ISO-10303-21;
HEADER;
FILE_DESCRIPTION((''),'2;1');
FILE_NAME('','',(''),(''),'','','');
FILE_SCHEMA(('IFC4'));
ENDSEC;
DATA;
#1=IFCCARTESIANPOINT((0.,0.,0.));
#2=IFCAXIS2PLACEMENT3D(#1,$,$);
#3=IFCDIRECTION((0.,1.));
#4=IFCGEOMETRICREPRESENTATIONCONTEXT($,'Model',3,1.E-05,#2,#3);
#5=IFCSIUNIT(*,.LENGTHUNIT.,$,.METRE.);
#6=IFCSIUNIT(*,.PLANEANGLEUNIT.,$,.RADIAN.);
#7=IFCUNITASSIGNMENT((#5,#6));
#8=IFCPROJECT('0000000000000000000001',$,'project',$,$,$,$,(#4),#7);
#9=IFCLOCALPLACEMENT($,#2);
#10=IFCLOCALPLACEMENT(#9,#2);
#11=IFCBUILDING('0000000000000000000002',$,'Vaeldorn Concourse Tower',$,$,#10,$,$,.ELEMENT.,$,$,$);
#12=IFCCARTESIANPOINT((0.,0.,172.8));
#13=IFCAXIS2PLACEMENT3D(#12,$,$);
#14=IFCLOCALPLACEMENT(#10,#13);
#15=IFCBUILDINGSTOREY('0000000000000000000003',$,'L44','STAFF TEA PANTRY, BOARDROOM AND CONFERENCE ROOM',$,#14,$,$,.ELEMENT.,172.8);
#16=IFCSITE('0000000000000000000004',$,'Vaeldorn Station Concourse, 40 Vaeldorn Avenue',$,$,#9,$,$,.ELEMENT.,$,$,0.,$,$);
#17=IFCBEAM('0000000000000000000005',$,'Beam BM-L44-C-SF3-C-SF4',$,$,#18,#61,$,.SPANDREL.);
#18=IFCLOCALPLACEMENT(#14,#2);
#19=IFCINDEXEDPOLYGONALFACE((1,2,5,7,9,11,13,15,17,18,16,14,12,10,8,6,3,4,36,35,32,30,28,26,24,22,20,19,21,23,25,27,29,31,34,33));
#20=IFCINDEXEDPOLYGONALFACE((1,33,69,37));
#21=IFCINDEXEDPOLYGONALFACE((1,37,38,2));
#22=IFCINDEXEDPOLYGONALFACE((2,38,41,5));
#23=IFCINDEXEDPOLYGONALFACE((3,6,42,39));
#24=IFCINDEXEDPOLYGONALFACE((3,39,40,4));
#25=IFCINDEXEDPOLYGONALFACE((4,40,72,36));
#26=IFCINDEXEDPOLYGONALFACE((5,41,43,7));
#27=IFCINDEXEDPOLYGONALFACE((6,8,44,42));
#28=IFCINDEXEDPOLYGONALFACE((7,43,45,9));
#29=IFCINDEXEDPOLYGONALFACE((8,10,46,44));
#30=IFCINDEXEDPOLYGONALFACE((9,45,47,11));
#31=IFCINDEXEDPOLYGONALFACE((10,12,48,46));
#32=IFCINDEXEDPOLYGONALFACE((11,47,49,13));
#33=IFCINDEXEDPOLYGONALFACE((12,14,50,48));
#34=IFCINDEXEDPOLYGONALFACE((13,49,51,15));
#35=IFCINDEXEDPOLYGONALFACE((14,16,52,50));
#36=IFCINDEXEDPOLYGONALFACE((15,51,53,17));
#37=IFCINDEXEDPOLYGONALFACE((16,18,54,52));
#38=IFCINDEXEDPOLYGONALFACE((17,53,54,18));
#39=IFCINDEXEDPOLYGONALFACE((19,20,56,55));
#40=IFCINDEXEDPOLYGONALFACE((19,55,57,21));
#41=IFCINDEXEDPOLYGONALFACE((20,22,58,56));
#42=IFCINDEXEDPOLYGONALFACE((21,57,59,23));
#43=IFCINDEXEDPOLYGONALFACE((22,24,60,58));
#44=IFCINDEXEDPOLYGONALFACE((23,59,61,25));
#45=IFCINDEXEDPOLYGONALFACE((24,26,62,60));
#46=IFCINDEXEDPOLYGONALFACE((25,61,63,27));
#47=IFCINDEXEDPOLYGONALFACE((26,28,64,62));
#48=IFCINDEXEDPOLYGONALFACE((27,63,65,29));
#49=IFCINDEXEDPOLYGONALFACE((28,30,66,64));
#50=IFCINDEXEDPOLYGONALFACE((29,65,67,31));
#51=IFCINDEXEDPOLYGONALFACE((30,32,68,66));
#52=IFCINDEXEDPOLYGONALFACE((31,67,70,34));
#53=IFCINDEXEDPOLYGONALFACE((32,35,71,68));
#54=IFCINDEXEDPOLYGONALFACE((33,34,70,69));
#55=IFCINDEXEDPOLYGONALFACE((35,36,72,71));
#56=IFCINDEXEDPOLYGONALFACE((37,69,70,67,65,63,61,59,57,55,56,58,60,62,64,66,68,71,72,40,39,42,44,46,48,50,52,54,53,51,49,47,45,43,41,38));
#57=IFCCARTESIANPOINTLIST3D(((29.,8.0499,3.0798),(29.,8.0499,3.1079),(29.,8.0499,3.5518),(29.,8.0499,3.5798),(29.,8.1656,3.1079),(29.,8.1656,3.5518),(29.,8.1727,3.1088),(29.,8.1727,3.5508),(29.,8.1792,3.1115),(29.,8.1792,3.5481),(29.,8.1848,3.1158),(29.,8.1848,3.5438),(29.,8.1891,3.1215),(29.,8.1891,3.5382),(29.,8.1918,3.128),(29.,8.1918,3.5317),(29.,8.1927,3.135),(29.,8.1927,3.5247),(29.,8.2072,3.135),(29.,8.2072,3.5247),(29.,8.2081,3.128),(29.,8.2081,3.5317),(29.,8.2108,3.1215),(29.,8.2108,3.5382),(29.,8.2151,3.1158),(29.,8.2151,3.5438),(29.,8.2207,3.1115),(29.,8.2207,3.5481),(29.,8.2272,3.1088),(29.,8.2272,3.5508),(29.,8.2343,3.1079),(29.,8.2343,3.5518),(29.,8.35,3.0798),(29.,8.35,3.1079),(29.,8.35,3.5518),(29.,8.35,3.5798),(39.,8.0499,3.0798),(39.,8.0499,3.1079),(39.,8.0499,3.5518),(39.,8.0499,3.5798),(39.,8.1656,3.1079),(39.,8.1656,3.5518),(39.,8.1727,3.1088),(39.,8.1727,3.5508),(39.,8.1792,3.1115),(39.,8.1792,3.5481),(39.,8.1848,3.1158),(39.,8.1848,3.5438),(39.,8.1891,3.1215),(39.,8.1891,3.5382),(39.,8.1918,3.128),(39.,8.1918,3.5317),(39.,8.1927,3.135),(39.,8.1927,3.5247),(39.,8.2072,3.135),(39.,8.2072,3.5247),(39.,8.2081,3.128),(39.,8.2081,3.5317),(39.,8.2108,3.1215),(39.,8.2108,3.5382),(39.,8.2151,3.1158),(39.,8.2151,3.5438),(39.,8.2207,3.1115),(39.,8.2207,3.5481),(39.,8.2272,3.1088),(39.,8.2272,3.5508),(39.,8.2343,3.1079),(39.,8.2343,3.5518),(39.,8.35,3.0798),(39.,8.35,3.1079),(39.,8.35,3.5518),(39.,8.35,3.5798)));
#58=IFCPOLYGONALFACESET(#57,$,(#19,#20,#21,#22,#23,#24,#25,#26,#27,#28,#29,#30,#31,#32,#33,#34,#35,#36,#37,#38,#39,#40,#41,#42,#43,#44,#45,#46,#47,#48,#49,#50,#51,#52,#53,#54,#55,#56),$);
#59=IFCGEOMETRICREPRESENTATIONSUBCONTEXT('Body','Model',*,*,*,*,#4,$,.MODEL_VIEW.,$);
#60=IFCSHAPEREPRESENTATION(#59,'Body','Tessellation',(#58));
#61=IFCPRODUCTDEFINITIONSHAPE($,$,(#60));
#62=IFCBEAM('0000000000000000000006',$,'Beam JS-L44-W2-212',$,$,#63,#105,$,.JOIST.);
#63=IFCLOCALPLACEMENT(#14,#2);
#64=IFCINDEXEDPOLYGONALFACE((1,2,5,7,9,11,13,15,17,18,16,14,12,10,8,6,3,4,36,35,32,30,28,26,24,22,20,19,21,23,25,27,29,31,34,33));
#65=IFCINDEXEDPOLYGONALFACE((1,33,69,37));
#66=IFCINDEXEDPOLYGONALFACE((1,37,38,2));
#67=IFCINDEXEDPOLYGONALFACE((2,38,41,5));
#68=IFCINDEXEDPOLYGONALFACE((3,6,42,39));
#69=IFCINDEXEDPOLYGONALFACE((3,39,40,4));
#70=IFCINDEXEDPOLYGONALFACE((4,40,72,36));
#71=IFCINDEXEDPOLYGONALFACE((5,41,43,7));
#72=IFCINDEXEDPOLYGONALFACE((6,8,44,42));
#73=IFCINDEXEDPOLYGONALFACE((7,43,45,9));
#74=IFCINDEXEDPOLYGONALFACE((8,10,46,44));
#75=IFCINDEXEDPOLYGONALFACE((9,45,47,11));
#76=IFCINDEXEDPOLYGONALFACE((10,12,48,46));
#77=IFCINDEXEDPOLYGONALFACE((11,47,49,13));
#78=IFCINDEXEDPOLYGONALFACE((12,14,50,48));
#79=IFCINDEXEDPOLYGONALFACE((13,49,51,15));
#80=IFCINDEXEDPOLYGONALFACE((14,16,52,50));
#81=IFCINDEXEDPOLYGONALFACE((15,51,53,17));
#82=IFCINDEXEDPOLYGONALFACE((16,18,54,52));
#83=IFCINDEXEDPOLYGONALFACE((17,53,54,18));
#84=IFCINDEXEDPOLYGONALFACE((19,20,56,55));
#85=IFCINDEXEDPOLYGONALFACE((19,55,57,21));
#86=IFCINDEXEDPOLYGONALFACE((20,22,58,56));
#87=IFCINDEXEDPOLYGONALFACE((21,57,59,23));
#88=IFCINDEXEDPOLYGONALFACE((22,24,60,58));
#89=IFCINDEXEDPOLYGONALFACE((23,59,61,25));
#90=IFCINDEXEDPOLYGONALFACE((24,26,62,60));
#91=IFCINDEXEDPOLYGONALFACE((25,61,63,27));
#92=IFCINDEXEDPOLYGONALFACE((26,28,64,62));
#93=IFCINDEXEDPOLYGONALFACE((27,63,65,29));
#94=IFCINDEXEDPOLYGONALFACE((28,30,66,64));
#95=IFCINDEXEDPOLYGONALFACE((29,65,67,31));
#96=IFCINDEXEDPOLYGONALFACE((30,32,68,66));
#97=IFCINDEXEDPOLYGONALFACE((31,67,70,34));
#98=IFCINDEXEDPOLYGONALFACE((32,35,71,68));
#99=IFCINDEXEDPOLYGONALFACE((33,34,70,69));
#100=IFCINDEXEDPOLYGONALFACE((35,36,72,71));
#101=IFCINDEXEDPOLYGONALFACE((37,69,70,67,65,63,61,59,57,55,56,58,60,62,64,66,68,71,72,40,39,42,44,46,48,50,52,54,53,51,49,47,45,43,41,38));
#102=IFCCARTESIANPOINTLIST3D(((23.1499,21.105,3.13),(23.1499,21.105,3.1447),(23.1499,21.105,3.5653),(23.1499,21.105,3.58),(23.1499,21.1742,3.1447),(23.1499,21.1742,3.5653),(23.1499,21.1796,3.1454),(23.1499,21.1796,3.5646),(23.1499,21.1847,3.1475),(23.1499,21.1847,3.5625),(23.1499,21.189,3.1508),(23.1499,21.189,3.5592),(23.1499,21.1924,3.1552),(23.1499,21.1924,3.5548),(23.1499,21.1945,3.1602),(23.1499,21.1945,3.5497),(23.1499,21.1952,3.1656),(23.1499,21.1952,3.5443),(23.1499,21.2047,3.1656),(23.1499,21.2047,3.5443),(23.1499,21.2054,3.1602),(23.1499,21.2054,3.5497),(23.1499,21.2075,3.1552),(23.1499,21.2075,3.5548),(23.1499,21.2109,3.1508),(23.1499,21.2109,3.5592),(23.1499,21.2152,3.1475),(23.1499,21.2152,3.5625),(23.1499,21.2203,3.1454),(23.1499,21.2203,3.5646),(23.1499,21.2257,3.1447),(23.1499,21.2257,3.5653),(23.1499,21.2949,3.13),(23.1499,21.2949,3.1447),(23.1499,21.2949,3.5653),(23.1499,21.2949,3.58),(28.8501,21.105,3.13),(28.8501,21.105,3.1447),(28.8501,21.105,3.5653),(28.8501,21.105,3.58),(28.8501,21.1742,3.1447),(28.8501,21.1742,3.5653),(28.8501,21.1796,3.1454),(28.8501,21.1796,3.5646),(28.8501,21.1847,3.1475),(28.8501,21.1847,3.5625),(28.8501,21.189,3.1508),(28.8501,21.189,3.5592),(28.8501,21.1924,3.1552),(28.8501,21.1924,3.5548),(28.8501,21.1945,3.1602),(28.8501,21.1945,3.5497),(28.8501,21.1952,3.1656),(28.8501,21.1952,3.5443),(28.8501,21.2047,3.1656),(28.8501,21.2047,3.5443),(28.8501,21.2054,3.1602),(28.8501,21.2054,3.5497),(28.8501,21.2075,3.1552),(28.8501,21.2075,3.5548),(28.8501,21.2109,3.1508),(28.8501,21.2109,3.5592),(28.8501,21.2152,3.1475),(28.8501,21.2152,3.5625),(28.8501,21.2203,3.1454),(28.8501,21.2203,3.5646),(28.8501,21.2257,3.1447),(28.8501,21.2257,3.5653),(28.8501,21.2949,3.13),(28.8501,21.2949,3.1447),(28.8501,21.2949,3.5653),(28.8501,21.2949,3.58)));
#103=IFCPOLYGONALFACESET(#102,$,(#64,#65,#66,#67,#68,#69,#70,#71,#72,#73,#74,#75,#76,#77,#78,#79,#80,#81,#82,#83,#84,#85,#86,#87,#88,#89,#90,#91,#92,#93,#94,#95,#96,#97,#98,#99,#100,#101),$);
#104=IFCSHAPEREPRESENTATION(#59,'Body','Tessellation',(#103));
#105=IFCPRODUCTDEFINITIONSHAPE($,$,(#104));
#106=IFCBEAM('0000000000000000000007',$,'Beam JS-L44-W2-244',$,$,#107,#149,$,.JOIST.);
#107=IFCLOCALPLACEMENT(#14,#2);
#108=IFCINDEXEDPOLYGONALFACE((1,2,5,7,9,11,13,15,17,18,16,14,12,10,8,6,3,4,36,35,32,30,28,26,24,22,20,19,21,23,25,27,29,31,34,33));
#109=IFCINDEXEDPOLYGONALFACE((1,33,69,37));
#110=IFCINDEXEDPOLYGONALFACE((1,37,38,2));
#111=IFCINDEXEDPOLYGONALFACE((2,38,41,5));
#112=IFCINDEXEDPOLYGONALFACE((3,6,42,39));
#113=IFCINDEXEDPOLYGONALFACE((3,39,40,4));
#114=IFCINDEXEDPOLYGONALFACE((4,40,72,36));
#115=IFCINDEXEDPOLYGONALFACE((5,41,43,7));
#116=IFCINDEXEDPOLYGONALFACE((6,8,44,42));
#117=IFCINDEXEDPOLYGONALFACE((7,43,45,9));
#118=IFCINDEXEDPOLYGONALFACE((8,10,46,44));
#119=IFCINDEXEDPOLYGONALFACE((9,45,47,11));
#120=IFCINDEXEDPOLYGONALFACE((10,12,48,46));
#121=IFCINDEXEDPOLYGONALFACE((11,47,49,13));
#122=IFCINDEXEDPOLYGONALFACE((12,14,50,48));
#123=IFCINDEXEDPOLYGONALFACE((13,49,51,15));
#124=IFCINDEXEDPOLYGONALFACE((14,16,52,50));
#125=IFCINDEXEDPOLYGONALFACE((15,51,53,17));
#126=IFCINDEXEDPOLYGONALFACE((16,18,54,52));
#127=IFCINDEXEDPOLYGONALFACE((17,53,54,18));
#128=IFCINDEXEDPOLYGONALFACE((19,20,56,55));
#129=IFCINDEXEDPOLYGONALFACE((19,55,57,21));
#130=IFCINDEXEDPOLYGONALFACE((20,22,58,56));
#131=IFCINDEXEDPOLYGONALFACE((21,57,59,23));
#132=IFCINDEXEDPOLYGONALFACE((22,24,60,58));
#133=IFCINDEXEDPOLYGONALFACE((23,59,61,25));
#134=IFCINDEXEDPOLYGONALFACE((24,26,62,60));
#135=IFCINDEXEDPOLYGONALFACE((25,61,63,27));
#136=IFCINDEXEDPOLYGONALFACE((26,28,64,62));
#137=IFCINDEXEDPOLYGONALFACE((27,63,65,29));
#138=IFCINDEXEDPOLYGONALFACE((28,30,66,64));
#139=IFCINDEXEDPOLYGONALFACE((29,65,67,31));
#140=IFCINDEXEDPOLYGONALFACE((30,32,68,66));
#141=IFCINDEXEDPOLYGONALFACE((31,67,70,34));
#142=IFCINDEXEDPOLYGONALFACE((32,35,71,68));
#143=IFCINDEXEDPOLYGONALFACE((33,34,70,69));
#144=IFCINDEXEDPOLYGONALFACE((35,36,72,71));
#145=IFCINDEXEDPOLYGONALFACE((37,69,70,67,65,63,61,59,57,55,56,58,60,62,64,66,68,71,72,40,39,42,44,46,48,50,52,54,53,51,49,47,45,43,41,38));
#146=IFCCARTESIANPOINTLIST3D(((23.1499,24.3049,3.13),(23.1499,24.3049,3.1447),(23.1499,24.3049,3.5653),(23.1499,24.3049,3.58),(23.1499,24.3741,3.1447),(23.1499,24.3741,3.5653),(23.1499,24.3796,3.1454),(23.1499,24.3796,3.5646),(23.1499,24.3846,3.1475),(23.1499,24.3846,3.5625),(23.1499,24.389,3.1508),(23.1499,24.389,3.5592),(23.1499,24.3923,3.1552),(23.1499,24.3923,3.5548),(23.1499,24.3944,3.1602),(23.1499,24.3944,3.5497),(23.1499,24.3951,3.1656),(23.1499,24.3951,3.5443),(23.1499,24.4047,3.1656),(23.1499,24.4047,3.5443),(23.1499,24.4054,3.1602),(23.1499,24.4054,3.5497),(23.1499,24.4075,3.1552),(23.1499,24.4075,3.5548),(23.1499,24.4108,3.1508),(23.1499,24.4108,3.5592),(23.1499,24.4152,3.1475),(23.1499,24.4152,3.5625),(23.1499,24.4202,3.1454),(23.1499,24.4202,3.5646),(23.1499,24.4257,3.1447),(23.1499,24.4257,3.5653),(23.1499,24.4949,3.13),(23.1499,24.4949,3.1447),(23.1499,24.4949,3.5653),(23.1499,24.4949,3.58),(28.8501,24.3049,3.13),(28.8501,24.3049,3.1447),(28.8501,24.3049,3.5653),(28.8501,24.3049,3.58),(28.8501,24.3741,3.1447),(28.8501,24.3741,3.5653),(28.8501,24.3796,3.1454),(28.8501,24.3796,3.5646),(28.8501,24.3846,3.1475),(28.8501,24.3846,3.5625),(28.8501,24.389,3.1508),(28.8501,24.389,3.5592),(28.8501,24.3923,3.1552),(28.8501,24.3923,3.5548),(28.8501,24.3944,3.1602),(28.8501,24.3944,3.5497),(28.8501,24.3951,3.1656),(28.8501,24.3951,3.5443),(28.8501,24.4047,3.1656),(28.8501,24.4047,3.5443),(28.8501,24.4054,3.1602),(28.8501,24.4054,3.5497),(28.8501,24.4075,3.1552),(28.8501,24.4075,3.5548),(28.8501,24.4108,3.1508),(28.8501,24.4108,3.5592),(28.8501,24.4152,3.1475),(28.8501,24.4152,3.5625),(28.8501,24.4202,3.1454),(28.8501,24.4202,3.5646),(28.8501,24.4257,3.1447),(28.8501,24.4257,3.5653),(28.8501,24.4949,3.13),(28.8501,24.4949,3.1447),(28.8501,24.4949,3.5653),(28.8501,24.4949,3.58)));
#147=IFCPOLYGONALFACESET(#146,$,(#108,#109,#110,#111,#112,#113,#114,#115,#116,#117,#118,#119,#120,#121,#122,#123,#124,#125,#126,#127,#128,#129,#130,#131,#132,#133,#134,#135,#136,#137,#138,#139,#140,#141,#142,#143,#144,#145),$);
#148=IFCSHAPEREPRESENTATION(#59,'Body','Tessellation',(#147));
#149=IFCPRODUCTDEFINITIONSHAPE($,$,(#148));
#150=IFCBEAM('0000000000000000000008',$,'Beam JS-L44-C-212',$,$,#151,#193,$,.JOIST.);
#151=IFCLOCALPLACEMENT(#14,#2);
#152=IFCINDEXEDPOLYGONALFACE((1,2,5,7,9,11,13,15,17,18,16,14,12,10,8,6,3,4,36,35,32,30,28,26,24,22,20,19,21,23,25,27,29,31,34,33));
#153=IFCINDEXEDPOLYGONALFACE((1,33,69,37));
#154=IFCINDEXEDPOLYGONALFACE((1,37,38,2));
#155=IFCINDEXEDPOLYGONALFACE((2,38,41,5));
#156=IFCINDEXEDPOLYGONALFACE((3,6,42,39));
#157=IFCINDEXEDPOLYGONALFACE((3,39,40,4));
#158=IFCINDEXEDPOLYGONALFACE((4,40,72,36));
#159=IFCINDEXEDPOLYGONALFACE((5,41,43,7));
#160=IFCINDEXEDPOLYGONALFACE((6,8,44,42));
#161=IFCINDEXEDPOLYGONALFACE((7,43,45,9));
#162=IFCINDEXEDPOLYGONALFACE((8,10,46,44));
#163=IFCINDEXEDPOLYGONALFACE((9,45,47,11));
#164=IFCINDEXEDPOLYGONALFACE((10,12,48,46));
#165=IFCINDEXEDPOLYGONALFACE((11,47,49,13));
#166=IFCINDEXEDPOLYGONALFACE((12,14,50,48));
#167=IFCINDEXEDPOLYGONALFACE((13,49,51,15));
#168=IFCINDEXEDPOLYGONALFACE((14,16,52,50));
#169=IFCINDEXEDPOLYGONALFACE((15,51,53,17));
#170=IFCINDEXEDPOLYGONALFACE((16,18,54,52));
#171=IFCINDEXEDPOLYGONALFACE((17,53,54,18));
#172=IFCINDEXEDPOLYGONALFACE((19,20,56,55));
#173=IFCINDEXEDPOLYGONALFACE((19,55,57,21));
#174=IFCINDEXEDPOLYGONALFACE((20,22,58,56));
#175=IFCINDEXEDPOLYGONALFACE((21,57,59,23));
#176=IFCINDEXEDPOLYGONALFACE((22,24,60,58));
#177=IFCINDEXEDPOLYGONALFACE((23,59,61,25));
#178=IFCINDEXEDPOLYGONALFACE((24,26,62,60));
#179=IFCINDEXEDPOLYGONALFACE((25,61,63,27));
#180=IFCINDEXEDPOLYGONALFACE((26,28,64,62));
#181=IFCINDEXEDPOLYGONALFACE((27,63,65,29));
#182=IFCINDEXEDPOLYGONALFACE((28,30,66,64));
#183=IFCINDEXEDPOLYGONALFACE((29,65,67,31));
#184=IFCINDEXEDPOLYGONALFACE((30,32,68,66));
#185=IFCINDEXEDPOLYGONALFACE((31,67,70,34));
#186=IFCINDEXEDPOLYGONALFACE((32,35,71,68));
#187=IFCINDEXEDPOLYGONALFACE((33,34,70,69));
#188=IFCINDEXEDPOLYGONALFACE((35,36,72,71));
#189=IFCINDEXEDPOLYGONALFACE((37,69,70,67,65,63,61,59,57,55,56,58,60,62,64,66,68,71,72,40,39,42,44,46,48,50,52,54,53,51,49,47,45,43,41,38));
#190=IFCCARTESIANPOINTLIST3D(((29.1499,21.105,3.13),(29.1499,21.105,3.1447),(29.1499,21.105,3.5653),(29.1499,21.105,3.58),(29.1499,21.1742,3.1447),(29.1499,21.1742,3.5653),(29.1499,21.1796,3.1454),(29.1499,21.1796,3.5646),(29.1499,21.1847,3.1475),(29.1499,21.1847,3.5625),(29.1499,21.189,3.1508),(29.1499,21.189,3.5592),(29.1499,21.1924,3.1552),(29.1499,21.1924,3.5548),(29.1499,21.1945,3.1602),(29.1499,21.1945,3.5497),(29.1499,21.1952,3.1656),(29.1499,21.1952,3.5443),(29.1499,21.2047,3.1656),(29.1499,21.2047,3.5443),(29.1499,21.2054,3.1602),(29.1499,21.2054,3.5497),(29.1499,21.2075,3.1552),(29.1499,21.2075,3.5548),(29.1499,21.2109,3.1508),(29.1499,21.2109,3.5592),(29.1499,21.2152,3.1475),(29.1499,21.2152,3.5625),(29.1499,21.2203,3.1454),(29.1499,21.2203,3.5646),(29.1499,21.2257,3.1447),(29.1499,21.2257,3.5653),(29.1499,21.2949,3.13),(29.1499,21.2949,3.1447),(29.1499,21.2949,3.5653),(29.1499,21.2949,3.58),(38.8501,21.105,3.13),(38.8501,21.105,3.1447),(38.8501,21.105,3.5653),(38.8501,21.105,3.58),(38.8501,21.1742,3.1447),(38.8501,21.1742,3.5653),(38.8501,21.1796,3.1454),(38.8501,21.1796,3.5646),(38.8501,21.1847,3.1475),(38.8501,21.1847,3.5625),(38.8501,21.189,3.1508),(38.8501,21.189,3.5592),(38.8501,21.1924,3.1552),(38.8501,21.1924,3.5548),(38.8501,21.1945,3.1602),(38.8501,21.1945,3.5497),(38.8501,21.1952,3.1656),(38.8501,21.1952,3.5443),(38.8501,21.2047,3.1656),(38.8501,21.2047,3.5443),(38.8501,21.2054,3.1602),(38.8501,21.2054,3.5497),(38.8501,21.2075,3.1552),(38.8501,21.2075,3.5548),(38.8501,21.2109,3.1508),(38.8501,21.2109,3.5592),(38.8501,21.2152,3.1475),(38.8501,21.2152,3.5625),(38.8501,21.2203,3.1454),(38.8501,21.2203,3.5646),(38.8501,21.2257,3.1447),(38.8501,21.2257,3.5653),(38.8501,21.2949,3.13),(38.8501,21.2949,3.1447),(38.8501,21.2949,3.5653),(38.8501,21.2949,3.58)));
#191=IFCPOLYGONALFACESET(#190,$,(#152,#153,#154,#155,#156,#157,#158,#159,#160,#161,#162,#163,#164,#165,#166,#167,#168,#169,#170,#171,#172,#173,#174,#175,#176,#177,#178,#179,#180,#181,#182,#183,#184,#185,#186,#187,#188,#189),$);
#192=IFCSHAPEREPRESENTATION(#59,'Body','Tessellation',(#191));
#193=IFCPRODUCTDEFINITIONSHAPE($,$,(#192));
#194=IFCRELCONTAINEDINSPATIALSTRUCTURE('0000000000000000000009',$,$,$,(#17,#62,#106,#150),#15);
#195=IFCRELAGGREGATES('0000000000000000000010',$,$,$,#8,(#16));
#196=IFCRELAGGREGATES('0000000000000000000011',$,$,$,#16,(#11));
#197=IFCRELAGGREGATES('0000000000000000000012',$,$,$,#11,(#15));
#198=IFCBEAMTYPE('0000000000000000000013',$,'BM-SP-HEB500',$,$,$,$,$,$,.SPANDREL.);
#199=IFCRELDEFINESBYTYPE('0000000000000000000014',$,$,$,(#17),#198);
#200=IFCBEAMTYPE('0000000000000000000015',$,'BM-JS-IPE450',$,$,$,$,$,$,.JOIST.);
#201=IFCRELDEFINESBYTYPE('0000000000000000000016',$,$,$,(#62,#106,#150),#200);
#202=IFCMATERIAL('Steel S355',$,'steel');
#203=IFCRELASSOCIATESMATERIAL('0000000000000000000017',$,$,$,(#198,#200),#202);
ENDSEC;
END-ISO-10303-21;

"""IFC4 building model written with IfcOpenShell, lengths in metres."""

from ifc_helpers import new_model, si_unit, direction, frame, origin, origin_2d, place, context, subcontext, project, spatial, i_section, extrude, source, transform, mapped, material, material_profile, profile_set, type_object, element, save


model = new_model("IFC4")

# Units and contexts
model_context = context("Model", 3, precision=1e-05, world=origin(), true_north=direction((0.0, 1.0)))
body_context = subcontext(model_context, "Body", "Model", "MODEL_VIEW")
ifc_project = project(units=[si_unit("LENGTHUNIT", "METRE"), si_unit("PLANEANGLEUNIT", "RADIAN")], contexts=[model_context])

# Site, building, storey
site_placement = place(None, origin())
site = spatial("IfcSite", under=ifc_project, at=site_placement, Name="Vaeldorn Station Concourse, 40 Vaeldorn Avenue", CompositionType="ELEMENT", RefElevation=0.0)
building_placement = place(site_placement, origin())
building = spatial("IfcBuilding", under=site, at=building_placement, Name="Vaeldorn Concourse Tower", CompositionType="ELEMENT")
storey_placement = place(building_placement, frame((0.0, 0.0, 172.8)))
storey = spatial("IfcBuildingStorey", under=building, at=storey_placement, Name="L44", Description="STAFF TEA PANTRY, BOARDROOM AND CONFERENCE ROOM", CompositionType="ELEMENT", Elevation=172.8)

# Shared definitions
ifc_material_1 = material(Name="Steel S355", Category="steel")

# Beams
ifc_material_profile_1 = material_profile(ifc_material_1, i_section(OverallWidth=0.3, OverallDepth=0.5, WebThickness=0.0144, FlangeThickness=0.0281, FilletRadius=0.0271, at=origin_2d()), Name="HEB 500")
ifc_profile_set_1 = profile_set([ifc_material_profile_1], Name="Steel S355")
beam_type_1 = type_object("IfcBeamType", Name="BM-SP-HEB500", PredefinedType="SPANDREL", material=ifc_profile_set_1)
shared_shape_1 = source(origin(), body_context, "Body", "SweptSolid", [
    extrude(i_section(OverallWidth=0.3, OverallDepth=0.5, WebThickness=0.0144, FlangeThickness=0.0281, FilletRadius=0.0271, at=origin_2d()), origin(), (0.0, 0.0, 1.0), 10.0),
])
beam_1_placement = place(storey_placement, frame((29.0, 8.2, 3.3298), z_axis=(1.0, 0.0, 0.0), x_axis=(0.0, 1.0, 0.0)))
element("IfcBeam", 1, at=beam_1_placement, inside=storey, type_object=beam_type_1, Name="Beam BM-L44-C-SF3-C-SF4", PredefinedType="SPANDREL", context=body_context, shape_type="MappedRepresentation", body=[
    mapped(shared_shape_1, transform((0.0, 0.0, 0.0), scale=1.0)),
])
ifc_material_profile_2 = material_profile(ifc_material_1, i_section(OverallWidth=0.1899, OverallDepth=0.45, WebThickness=0.0095, FlangeThickness=0.0146, FilletRadius=0.021, at=origin_2d()), Name="IPE 450")
ifc_profile_set_2 = profile_set([ifc_material_profile_2], Name="Steel S355")
beam_type_2 = type_object("IfcBeamType", Name="BM-JS-IPE450", PredefinedType="JOIST", material=ifc_profile_set_2)
shared_shape_2 = source(origin(), body_context, "Body", "SweptSolid", [
    extrude(i_section(OverallWidth=0.1899, OverallDepth=0.45, WebThickness=0.0095, FlangeThickness=0.0146, FilletRadius=0.021, at=origin_2d()), origin(), (0.0, 0.0, 1.0), 5.7002),
])
for number, where, z_axis, x_axis, name in (
    (2, (23.1499, 21.2, 3.355), (1.0, 0.0, 0.0), (0.0, 1.0, 0.0), "Beam JS-L44-W2-212"),
    (3, (23.1499, 24.3999, 3.355), (1.0, 0.0, 0.0), (0.0, 1.0, 0.0), "Beam JS-L44-W2-244"),
):
    element("IfcBeam", number, at=place(storey_placement, frame(where, z_axis=z_axis, x_axis=x_axis)), inside=storey, type_object=beam_type_2, Name=name, PredefinedType="JOIST", context=body_context, shape_type="MappedRepresentation", body=[
        mapped(shared_shape_2, transform((0.0, 0.0, 0.0), scale=1.0)),
    ])
shared_shape_3 = source(origin(), body_context, "Body", "SweptSolid", [
    extrude(i_section(OverallWidth=0.1899, OverallDepth=0.45, WebThickness=0.0095, FlangeThickness=0.0146, FilletRadius=0.021, at=origin_2d()), origin(), (0.0, 0.0, 1.0), 9.7002),
])
for number, where, z_axis, x_axis, name in (
    (4, (29.1499, 21.2, 3.355), (1.0, 0.0, 0.0), (0.0, 1.0, 0.0), "Beam JS-L44-C-212"),
):
    element("IfcBeam", number, at=place(storey_placement, frame(where, z_axis=z_axis, x_axis=x_axis)), inside=storey, type_object=beam_type_2, Name=name, PredefinedType="JOIST", context=body_context, shape_type="MappedRepresentation", body=[
        mapped(shared_shape_3, transform((0.0, 0.0, 0.0), scale=1.0)),
    ])

save(model, "model.ifc")
